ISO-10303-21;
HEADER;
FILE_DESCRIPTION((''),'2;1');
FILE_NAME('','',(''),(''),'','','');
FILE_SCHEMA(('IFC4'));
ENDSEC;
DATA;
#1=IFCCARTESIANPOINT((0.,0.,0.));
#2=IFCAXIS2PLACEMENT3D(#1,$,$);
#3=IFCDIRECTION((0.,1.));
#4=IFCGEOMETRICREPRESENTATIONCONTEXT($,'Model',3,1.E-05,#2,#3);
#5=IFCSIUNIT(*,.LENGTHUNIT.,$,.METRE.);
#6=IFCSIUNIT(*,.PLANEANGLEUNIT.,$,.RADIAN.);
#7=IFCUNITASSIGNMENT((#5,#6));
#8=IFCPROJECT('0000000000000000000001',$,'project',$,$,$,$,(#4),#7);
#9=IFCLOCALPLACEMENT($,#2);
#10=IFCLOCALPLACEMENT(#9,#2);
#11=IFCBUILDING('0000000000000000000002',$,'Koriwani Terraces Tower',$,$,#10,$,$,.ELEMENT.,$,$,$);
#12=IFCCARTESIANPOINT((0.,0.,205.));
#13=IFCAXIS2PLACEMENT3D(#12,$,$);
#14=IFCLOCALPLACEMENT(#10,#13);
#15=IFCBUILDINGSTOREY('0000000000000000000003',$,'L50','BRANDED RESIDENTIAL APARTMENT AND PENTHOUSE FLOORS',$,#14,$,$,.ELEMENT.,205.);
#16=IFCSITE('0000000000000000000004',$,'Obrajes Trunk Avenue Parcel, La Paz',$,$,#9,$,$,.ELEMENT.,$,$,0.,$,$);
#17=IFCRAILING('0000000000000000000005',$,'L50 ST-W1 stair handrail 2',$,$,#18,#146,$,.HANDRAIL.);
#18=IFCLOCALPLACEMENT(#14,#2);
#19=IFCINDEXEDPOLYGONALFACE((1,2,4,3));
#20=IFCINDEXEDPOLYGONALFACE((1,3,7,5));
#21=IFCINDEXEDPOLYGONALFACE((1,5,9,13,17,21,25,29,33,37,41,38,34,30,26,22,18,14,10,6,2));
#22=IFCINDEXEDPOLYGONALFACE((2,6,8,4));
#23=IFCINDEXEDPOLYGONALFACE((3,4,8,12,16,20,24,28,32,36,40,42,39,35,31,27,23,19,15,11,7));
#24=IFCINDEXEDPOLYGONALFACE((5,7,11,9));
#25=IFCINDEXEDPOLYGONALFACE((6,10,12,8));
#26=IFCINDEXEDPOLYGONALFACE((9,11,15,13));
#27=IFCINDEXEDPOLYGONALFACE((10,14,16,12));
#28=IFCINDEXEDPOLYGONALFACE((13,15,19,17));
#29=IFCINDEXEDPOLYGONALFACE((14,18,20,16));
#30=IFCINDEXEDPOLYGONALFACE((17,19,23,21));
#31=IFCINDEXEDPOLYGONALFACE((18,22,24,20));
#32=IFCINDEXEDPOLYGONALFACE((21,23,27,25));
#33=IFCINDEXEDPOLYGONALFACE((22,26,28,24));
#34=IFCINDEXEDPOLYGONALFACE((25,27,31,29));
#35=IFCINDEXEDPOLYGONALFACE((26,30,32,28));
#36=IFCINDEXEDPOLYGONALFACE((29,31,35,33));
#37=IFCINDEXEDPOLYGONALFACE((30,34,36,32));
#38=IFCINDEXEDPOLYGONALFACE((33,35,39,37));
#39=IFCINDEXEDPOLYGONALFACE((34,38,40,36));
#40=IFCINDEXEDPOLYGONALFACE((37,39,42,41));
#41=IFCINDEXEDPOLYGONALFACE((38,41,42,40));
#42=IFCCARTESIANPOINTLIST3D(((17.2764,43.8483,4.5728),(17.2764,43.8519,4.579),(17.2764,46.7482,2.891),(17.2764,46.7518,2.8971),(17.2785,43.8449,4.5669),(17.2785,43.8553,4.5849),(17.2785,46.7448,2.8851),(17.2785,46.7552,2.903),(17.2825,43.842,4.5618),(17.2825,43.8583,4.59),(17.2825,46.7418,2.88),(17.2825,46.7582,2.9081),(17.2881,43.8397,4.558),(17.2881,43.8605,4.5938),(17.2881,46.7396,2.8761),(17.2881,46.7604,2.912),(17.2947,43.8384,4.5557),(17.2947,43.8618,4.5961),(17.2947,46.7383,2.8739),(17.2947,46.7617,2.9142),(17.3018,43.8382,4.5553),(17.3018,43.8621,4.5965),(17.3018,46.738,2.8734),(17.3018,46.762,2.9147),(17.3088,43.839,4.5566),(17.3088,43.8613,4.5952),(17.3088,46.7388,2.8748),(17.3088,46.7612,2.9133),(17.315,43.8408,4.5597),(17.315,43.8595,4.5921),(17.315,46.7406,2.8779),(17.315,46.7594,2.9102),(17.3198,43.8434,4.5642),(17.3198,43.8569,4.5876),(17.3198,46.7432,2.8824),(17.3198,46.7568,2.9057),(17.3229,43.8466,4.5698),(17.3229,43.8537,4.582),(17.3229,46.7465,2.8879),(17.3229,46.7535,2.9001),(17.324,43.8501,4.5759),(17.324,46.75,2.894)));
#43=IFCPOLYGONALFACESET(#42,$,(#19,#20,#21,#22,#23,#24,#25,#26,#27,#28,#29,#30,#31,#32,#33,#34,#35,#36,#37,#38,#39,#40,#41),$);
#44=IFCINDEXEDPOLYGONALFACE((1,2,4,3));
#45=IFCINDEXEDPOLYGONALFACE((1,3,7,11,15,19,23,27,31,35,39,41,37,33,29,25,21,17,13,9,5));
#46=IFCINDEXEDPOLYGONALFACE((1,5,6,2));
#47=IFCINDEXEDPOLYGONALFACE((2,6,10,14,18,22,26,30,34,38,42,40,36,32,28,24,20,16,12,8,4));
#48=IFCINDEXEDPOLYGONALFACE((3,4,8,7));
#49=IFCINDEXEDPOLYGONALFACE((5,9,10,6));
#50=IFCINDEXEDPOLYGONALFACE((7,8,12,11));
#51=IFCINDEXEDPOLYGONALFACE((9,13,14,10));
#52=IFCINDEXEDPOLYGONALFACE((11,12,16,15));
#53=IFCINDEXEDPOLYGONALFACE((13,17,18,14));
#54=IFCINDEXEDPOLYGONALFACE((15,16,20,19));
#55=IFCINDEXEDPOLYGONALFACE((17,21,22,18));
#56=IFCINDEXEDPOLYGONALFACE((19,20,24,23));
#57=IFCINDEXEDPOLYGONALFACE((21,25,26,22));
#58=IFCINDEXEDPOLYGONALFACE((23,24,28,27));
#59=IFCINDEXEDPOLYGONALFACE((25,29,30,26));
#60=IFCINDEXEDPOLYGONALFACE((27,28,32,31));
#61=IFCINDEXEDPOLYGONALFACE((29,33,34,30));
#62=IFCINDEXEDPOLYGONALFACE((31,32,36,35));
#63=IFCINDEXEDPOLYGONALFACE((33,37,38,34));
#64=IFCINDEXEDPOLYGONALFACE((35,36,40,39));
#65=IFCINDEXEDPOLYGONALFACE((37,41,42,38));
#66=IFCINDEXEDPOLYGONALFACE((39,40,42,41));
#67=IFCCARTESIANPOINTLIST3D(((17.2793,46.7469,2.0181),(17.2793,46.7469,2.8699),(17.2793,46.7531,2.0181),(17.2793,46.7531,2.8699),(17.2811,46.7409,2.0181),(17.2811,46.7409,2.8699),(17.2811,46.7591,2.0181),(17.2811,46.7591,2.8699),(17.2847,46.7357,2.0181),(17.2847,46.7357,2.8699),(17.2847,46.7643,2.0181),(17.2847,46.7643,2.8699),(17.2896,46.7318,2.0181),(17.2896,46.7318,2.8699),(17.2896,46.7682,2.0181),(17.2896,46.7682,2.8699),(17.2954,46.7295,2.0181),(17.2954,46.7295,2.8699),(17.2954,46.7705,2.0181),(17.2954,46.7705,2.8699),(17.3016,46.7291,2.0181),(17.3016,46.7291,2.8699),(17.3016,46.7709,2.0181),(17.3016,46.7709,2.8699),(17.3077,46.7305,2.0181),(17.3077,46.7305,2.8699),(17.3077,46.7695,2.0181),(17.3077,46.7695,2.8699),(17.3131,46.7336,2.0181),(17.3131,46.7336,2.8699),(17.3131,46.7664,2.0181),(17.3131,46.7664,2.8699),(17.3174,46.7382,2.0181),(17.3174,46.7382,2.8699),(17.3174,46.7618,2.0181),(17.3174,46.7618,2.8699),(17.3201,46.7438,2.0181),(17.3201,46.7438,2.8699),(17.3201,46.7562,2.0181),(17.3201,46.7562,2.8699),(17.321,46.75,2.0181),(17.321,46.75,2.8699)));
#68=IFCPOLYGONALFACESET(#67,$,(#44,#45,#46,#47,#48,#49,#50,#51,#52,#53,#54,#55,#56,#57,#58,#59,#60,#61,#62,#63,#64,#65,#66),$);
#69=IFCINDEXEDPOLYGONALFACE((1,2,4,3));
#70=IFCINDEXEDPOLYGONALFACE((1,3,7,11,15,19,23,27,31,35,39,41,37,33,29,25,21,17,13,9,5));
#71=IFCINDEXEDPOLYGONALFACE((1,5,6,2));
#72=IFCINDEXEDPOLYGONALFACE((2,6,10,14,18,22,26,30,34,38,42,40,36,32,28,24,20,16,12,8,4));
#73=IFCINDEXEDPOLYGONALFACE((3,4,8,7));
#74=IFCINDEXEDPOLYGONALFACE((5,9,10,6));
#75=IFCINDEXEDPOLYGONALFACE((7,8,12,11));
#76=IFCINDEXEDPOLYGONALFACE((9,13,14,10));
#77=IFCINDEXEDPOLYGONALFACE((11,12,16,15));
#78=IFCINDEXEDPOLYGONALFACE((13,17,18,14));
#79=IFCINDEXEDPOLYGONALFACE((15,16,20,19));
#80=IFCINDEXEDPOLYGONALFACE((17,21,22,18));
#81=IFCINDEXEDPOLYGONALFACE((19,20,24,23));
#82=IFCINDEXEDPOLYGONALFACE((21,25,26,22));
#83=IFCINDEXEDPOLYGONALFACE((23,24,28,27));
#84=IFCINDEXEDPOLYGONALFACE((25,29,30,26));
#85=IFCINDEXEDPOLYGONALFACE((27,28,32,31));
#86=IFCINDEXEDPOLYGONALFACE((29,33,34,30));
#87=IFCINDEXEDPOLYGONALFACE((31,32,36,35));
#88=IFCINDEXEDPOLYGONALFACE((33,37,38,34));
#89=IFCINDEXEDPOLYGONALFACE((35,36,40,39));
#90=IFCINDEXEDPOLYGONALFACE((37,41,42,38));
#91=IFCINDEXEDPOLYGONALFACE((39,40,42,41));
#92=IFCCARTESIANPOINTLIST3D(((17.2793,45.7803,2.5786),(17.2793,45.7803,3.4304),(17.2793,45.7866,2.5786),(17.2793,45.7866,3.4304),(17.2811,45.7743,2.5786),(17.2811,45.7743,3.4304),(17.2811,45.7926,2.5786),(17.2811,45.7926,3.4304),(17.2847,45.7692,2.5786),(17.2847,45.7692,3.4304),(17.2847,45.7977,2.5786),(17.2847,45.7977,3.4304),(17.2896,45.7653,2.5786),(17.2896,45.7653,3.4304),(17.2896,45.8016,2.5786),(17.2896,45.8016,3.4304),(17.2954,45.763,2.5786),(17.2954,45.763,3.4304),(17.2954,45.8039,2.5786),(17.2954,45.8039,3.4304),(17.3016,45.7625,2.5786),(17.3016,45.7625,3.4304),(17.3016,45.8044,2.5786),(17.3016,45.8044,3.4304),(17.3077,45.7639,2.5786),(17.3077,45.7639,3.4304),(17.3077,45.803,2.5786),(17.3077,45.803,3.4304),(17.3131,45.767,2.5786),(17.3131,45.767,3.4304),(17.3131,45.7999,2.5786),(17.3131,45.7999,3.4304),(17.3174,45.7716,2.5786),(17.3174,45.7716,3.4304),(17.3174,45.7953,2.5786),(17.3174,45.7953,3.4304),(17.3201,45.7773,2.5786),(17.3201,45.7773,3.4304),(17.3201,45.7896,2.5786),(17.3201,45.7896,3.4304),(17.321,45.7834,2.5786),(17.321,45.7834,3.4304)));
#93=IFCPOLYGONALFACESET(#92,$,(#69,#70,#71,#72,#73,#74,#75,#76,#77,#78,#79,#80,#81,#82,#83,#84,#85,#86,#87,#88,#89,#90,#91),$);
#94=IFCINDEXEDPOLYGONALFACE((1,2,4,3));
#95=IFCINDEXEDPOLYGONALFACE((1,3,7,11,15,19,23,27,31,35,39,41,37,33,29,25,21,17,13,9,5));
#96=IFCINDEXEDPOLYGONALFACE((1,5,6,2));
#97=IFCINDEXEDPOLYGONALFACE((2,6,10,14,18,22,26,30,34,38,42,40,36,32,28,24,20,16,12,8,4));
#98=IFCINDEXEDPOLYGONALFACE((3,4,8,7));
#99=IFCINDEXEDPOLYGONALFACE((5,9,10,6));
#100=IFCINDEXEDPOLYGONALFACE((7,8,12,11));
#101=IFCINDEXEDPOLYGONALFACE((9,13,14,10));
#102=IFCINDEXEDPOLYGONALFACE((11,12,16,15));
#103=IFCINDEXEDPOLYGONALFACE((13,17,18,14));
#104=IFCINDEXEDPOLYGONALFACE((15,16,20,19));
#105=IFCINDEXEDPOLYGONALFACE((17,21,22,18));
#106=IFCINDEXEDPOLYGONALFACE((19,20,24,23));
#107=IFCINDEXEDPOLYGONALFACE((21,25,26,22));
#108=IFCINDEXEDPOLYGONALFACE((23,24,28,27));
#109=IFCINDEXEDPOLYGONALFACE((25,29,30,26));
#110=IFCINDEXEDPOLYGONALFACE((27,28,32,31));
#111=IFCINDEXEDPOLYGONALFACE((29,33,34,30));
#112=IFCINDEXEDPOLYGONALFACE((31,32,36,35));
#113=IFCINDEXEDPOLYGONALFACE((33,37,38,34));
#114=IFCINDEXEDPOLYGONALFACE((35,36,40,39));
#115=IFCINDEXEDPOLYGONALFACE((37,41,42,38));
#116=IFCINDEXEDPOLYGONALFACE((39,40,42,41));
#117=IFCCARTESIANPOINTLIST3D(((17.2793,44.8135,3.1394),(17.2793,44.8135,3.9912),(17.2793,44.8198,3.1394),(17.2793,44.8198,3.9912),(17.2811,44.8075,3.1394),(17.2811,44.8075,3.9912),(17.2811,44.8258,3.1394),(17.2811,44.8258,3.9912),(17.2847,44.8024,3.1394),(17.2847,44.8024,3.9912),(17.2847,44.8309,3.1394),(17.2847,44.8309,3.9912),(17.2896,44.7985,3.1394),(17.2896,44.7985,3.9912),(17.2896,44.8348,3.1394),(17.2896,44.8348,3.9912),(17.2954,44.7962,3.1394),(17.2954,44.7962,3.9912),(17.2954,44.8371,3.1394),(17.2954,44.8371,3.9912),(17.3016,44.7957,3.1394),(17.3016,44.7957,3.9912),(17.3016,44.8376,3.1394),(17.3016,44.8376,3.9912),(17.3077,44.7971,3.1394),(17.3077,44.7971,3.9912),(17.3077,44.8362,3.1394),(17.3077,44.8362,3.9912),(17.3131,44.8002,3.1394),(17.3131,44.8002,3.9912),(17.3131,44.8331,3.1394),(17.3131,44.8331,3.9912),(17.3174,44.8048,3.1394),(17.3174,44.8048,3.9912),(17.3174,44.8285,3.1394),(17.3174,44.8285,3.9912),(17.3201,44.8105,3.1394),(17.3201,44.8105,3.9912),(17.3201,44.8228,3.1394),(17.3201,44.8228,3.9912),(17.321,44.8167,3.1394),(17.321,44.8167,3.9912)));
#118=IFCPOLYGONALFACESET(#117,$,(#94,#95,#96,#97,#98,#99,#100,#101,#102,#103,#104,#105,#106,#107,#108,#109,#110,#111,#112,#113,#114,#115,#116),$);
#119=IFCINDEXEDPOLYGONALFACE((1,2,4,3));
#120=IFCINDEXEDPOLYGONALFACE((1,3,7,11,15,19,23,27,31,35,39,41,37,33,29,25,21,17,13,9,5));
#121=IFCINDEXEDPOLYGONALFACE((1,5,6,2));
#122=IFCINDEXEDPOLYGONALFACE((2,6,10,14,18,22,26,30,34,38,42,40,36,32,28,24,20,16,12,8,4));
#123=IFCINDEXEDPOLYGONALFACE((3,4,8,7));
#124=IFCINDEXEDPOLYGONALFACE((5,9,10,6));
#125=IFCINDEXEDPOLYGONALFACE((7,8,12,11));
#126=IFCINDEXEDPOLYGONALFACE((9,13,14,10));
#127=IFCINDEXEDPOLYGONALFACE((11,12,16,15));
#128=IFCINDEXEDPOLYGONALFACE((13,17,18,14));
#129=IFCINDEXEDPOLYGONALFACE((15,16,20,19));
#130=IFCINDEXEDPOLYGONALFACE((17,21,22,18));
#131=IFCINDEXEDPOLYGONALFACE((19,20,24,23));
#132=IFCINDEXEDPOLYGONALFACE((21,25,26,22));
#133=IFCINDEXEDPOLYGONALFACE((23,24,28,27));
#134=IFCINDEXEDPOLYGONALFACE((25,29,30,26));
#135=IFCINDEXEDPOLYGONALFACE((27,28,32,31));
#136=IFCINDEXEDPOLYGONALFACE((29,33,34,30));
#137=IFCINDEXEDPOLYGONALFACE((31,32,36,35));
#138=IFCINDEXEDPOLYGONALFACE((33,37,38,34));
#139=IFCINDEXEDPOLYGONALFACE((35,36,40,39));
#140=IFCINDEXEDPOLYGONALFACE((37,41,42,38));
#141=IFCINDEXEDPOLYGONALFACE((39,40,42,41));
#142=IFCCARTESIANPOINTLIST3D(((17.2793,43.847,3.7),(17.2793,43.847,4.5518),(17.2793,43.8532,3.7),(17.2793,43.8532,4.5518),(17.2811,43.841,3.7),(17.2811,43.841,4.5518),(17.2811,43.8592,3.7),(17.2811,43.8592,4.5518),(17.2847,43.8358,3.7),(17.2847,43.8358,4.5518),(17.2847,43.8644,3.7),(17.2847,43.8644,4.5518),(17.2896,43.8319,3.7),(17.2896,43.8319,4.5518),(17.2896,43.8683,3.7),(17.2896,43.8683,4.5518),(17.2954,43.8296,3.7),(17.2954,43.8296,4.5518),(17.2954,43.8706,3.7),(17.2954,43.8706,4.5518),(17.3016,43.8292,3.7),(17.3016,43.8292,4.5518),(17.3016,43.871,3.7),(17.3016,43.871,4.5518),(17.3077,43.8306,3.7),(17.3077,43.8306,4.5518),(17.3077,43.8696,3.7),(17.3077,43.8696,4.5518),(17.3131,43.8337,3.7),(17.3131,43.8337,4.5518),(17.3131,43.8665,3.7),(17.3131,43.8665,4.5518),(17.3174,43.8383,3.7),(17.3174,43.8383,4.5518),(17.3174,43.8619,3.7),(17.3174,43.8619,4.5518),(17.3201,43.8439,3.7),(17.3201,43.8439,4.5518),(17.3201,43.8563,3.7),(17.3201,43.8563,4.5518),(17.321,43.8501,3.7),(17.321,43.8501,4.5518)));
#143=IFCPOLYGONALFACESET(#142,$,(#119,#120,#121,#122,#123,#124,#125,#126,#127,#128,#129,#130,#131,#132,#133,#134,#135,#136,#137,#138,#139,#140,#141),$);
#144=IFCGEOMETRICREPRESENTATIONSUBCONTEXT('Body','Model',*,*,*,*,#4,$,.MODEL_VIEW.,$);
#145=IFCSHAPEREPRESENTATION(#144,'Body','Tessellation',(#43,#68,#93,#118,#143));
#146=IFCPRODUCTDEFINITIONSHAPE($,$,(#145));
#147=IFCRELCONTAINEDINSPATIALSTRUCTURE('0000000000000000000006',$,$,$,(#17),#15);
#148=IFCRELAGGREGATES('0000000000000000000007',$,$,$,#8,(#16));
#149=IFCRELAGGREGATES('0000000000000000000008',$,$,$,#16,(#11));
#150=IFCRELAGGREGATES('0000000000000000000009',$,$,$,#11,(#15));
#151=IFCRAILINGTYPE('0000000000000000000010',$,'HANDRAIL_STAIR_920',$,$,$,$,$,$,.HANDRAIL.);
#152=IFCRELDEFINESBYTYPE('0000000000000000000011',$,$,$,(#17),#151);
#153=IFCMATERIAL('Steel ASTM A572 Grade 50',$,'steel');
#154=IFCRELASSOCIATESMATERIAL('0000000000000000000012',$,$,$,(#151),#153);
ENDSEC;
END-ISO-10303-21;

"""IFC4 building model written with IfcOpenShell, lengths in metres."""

from ifc_helpers import new_model, si_unit, direction, frame, origin, origin_2d, place, context, subcontext, project, spatial, circle, extrude, material, type_object, element, save


model = new_model("IFC4")

# Units and contexts
model_context = context("Model", 3, precision=1e-05, world=origin(), true_north=direction((0.0, 1.0)))
body_context = subcontext(model_context, "Body", "Model", "MODEL_VIEW")
ifc_project = project(units=[si_unit("LENGTHUNIT", "METRE"), si_unit("PLANEANGLEUNIT", "RADIAN")], contexts=[model_context])

# Site, building, storey
site_placement = place(None, origin())
site = spatial("IfcSite", under=ifc_project, at=site_placement, Name="Obrajes Trunk Avenue Parcel, La Paz", CompositionType="ELEMENT", RefElevation=0.0)
building_placement = place(site_placement, origin())
building = spatial("IfcBuilding", under=site, at=building_placement, Name="Koriwani Terraces Tower", CompositionType="ELEMENT")
storey_placement = place(building_placement, frame((0.0, 0.0, 205.0)))
storey = spatial("IfcBuildingStorey", under=building, at=storey_placement, Name="L50", Description="BRANDED RESIDENTIAL APARTMENT AND PENTHOUSE FLOORS", CompositionType="ELEMENT", Elevation=205.0)

# Shared definitions
ifc_material_1 = material(Name="Steel ASTM A572 Grade 50", Category="steel")

# Railing
railing_type_1 = type_object("IfcRailingType", Name="HANDRAIL_STAIR_920", PredefinedType="HANDRAIL", material=ifc_material_1)
railing_1_placement = place(storey_placement, frame((17.3, 46.75, 2.0181)))
element("IfcRailing", 1, at=railing_1_placement, inside=storey, type_object=railing_type_1, Name="L50 ST-W1 stair handrail 2", PredefinedType="HANDRAIL", context=body_context, shape_type="SweptSolid", body=[
    extrude(circle(Radius=0.0239, at=origin_2d()), frame((0.0, 0.0, 0.876), z_axis=(0.0, -0.865039, 0.501705), x_axis=(1.0, 0.0, 0.0)), (0.0, 0.0, 1.0), 3.3523),
    extrude(circle(Radius=0.021, at=origin_2d()), origin(), (0.0, 0.0, 1.0), 0.8518),
    extrude(circle(Radius=0.021, at=origin_2d()), frame((0.0, -0.9666, 0.5605)), (0.0, 0.0, 1.0), 0.8518),
    extrude(circle(Radius=0.021, at=origin_2d()), frame((0.0, -1.9333, 1.1213)), (0.0, 0.0, 1.0), 0.8518),
    extrude(circle(Radius=0.021, at=origin_2d()), frame((0.0, -2.8999, 1.6819)), (0.0, 0.0, 1.0), 0.8518),
])

save(model, "model.ifc")
